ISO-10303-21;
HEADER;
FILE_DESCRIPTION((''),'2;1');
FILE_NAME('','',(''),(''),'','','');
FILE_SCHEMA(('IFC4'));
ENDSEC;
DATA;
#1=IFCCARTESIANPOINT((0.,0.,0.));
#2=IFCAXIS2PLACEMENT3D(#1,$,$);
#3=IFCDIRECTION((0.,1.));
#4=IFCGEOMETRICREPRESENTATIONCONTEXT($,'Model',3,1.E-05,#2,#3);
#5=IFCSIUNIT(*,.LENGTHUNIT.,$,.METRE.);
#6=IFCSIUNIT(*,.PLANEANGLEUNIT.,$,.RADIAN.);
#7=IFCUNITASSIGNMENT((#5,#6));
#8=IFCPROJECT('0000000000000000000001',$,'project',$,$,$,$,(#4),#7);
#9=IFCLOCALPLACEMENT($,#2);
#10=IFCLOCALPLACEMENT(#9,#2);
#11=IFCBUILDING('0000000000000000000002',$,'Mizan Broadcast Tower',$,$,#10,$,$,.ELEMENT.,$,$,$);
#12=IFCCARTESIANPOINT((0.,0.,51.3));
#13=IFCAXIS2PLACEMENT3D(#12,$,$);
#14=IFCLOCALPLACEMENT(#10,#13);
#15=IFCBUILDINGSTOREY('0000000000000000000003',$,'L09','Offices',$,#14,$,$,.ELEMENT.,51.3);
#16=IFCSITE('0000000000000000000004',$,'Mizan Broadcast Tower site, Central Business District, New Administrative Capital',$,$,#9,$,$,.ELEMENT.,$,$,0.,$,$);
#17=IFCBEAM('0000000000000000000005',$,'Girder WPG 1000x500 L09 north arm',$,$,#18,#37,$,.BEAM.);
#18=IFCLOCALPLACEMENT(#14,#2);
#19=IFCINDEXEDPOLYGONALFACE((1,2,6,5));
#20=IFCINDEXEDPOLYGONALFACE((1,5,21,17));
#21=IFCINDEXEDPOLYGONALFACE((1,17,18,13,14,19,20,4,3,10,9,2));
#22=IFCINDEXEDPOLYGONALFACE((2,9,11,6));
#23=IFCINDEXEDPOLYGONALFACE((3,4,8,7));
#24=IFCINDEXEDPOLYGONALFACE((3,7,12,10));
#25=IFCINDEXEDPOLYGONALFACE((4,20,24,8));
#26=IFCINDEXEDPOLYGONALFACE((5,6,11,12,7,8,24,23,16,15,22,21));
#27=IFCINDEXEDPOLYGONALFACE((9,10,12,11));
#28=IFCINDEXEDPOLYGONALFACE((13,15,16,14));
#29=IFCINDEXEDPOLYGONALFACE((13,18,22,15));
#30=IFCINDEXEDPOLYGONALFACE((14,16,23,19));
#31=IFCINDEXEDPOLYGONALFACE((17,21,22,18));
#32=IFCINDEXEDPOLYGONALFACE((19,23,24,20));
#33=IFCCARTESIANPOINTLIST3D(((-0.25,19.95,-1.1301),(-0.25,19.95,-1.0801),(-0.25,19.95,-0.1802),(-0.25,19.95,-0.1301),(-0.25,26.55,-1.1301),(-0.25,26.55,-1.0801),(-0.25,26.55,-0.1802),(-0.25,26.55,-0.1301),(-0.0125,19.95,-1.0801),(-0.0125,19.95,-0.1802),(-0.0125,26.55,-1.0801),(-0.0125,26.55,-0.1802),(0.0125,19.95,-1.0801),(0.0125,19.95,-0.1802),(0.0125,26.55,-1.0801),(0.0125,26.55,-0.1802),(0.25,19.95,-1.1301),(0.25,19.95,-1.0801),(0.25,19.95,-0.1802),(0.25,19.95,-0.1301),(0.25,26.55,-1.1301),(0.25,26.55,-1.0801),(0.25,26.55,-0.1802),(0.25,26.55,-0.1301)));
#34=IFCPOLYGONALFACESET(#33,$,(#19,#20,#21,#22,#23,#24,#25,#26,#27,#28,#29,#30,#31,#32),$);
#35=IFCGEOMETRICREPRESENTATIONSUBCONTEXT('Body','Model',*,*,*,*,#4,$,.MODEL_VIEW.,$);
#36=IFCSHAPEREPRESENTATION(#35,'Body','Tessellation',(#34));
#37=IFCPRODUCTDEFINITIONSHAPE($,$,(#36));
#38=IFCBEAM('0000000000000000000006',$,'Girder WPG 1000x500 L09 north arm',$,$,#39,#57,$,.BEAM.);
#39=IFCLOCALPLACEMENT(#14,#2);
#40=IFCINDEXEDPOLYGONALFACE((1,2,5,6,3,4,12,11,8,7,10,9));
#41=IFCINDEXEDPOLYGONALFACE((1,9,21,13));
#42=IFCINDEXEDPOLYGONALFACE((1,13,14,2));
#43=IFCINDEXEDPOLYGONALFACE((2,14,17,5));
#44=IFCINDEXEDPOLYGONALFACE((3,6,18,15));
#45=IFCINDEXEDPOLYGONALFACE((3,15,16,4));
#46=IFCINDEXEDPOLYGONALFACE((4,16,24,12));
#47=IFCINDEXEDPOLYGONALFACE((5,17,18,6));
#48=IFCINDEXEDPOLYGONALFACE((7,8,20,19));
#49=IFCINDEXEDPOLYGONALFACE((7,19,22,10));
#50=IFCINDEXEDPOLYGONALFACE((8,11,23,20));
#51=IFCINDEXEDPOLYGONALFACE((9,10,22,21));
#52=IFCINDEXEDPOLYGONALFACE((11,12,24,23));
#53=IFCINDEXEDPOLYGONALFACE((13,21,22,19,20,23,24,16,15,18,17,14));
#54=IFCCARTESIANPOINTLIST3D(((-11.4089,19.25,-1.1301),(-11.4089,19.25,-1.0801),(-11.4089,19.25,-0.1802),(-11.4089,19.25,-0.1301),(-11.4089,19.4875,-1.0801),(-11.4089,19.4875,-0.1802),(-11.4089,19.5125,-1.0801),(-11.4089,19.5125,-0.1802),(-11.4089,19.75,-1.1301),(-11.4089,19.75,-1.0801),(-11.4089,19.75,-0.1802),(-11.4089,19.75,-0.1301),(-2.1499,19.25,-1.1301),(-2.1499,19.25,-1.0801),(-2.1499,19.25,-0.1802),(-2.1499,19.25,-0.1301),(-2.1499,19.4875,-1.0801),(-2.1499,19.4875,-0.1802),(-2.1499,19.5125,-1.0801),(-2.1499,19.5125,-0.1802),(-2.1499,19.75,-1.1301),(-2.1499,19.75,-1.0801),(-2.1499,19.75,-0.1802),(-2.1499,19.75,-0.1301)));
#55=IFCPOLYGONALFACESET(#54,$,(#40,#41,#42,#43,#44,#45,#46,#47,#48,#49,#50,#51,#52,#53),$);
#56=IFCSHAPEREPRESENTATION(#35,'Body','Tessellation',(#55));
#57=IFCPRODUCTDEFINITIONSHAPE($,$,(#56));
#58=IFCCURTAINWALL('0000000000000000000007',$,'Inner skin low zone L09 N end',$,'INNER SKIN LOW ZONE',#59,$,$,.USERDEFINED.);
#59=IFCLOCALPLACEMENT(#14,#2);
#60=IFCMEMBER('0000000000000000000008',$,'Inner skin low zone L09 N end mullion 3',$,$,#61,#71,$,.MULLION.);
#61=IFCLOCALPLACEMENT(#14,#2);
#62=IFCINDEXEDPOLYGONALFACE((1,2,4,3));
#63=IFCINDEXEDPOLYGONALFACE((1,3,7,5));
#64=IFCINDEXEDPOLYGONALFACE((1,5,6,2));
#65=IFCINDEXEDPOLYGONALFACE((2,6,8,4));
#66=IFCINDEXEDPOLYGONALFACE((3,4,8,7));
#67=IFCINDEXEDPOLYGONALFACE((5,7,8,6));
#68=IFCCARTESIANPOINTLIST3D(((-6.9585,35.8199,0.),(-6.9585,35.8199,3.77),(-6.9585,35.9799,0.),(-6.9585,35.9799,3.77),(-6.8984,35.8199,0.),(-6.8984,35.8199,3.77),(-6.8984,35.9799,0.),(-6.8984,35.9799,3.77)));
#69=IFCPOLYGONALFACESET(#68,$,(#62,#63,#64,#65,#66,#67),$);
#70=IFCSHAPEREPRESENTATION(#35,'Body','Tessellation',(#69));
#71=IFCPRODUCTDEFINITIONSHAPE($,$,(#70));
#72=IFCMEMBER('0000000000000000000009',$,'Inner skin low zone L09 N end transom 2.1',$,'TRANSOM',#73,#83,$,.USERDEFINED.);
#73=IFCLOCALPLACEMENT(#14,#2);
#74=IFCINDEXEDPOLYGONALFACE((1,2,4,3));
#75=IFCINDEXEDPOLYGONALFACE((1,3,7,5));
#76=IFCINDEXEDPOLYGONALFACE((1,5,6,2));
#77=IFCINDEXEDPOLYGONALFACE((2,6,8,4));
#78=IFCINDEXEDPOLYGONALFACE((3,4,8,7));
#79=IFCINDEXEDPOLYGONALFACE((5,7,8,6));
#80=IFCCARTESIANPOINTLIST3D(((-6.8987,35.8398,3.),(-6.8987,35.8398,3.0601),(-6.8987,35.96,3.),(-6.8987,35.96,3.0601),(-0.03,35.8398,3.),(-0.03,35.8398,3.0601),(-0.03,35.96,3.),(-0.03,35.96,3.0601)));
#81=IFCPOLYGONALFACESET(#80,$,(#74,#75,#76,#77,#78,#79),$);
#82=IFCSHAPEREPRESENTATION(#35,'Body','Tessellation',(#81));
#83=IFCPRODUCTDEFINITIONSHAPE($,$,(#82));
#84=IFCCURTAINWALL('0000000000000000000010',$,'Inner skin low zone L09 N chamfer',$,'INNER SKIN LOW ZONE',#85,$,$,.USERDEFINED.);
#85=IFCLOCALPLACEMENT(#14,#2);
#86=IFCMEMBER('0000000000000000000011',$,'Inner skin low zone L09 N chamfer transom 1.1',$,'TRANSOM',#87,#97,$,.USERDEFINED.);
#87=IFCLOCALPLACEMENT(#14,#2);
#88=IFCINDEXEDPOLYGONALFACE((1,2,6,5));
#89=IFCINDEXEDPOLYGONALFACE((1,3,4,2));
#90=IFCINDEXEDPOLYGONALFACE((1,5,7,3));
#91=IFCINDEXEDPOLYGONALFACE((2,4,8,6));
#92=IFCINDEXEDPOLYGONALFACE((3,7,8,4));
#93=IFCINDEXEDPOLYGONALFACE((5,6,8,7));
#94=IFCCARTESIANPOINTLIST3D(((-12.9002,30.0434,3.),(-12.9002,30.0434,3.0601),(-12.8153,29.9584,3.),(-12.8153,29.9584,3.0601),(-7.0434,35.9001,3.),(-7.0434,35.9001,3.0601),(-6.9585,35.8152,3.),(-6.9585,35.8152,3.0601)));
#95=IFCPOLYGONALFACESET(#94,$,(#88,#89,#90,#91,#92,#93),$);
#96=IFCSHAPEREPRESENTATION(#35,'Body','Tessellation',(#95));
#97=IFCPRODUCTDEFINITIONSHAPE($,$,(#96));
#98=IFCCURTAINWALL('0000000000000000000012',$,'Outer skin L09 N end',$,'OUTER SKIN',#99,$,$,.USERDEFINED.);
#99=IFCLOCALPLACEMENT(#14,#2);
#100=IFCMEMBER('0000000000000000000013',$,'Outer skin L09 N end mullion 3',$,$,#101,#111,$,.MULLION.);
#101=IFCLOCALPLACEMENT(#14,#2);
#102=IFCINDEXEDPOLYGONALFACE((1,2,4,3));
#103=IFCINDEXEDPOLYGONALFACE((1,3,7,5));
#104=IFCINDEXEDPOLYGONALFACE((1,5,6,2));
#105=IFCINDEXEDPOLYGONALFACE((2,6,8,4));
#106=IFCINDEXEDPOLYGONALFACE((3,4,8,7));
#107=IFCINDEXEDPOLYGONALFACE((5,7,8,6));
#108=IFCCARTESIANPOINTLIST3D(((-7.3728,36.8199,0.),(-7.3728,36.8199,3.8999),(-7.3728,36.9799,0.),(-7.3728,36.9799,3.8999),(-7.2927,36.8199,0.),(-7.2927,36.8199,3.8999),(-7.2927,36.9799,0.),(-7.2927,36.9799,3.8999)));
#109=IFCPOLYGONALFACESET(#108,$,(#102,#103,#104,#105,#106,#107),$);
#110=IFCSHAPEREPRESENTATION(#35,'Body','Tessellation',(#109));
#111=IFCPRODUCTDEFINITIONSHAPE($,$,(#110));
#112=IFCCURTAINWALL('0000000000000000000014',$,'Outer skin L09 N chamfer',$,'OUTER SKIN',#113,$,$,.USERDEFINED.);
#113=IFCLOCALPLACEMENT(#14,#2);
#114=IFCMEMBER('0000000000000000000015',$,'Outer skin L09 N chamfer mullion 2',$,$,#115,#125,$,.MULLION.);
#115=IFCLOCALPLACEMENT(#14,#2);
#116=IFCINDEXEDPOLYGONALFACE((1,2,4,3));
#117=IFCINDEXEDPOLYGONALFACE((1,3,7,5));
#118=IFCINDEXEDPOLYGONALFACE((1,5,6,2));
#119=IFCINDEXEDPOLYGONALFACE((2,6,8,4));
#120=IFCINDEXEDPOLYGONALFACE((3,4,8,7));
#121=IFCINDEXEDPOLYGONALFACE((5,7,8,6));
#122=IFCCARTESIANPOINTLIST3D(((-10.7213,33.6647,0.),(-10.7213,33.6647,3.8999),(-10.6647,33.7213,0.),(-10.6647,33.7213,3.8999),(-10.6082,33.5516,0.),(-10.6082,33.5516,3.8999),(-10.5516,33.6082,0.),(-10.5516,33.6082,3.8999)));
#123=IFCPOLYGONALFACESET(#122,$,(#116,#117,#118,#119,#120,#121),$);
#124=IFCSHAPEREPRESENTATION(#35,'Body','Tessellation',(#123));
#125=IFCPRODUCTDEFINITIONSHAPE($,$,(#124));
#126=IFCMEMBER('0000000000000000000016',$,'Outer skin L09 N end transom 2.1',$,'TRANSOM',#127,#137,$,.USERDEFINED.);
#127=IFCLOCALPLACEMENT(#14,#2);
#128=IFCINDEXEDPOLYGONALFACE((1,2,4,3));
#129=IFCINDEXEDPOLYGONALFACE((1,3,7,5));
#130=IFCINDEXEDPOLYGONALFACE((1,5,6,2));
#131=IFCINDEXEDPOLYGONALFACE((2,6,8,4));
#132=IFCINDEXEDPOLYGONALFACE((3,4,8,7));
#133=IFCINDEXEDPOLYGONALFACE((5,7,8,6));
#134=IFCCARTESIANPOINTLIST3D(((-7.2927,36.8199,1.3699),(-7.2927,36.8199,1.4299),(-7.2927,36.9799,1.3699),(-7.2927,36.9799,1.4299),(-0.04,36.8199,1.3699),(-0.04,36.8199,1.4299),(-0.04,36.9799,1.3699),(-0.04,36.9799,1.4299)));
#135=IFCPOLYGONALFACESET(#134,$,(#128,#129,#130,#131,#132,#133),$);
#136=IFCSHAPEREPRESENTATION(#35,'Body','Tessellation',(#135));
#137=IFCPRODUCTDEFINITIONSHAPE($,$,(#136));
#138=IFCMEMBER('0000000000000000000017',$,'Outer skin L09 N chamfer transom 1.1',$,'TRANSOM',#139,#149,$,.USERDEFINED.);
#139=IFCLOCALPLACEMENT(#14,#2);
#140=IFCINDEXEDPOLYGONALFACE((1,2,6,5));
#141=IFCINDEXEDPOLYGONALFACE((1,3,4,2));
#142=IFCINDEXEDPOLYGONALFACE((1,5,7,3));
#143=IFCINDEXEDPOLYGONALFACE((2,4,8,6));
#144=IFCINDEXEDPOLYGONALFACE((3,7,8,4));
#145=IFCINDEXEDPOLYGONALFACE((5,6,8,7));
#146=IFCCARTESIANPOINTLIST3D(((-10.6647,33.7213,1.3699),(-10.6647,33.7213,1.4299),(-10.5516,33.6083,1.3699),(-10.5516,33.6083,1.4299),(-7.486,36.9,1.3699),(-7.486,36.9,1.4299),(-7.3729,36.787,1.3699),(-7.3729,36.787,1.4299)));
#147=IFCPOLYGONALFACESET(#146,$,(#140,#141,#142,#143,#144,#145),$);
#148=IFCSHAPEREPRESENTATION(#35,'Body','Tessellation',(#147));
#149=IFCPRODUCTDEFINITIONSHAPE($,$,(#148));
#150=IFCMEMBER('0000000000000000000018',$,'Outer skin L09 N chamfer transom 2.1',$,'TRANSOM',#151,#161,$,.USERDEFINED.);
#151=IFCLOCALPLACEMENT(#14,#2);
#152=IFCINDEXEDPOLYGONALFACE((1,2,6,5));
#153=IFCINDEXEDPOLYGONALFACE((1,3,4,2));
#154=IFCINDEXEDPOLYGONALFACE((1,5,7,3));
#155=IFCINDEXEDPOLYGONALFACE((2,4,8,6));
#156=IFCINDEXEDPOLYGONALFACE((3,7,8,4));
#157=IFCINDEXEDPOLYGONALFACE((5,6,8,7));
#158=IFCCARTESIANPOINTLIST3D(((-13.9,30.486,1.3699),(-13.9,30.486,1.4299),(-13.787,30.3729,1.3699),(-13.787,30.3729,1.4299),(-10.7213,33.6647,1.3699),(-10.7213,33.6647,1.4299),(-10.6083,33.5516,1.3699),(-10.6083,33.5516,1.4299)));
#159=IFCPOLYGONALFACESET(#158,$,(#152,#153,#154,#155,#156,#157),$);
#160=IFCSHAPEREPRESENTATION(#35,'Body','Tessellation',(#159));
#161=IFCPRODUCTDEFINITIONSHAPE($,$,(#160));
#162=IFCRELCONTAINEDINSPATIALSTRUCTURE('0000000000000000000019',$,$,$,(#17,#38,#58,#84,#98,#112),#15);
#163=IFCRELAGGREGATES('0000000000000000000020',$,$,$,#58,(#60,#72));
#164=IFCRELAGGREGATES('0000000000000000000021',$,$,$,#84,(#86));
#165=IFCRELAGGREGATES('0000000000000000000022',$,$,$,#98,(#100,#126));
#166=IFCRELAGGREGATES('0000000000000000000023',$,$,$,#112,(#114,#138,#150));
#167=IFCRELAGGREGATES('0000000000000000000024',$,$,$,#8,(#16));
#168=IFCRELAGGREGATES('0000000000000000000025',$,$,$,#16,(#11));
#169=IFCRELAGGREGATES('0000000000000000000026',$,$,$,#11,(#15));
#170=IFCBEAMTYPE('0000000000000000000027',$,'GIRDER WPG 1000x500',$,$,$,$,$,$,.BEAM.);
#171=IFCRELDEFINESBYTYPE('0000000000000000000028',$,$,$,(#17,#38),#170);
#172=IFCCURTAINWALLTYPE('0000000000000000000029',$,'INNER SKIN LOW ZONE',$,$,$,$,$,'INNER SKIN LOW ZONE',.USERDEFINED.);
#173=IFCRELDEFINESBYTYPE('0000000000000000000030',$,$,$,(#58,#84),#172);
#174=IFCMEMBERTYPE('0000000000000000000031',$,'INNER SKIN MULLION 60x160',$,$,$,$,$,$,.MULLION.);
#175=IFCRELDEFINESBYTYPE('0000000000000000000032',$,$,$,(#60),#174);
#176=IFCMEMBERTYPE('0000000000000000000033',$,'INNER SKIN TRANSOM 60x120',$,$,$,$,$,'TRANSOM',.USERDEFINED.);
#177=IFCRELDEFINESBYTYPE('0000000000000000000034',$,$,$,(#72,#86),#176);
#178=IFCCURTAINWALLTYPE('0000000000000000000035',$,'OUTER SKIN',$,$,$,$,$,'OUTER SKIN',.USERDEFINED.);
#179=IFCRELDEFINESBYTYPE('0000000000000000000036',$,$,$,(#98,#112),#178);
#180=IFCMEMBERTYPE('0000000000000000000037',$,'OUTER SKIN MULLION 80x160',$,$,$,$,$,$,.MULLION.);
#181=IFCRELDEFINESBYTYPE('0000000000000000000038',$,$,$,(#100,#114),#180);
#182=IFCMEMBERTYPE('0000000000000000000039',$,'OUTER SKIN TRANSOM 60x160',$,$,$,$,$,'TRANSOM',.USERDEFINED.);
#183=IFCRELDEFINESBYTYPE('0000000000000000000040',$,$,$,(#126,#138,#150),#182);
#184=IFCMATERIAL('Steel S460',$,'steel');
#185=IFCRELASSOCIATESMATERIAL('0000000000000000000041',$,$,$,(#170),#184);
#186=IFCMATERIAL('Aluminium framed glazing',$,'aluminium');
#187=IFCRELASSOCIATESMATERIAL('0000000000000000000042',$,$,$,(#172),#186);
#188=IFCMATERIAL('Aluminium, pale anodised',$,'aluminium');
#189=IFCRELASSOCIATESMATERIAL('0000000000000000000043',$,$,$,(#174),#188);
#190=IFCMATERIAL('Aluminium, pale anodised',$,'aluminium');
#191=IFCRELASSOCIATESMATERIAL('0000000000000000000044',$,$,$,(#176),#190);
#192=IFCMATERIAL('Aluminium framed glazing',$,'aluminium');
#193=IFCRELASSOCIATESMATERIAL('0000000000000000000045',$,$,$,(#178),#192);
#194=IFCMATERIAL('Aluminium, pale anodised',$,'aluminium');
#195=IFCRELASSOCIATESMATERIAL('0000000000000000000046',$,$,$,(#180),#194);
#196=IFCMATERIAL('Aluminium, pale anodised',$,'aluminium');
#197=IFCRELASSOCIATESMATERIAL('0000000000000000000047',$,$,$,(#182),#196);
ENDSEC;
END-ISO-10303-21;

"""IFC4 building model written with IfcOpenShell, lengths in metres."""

from ifc_helpers import new_model, si_unit, direction, frame, origin, origin_2d, place, context, subcontext, project, spatial, rectangle, i_section, extrude, material, material_profile, profile_set, type_object, element, aggregate, save


model = new_model("IFC4")

# Units and contexts
model_context = context("Model", 3, precision=1e-05, world=origin(), true_north=direction((0.0, 1.0)))
body_context = subcontext(model_context, "Body", "Model", "MODEL_VIEW")
ifc_project = project(units=[si_unit("LENGTHUNIT", "METRE"), si_unit("PLANEANGLEUNIT", "RADIAN")], contexts=[model_context])

# Site, building, storey
site_placement = place(None, origin())
site = spatial("IfcSite", under=ifc_project, at=site_placement, Name="Mizan Broadcast Tower site, Central Business District, New Administrative Capital", CompositionType="ELEMENT", RefElevation=0.0)
building_placement = place(site_placement, origin())
building = spatial("IfcBuilding", under=site, at=building_placement, Name="Mizan Broadcast Tower", CompositionType="ELEMENT")
storey_placement = place(building_placement, frame((0.0, 0.0, 51.3)))
storey = spatial("IfcBuildingStorey", under=building, at=storey_placement, Name="L09", Description="Offices", CompositionType="ELEMENT", Elevation=51.3)

# Beams
ifc_material_1 = material(Name="Steel S460", Category="steel")
ifc_material_profile_1 = material_profile(ifc_material_1, i_section(OverallWidth=0.5, OverallDepth=1.0, WebThickness=0.0249, FlangeThickness=0.05, at=origin_2d()), Name="WPG 1000x500")
ifc_profile_set_1 = profile_set([ifc_material_profile_1], Name="Steel S460")
beam_type_1 = type_object("IfcBeamType", Name="GIRDER WPG 1000x500", PredefinedType="BEAM", material=ifc_profile_set_1)
beam_1_placement = place(storey_placement, frame((0.0, 19.95, -0.6301), z_axis=(0.0, 1.0, 0.0), x_axis=(-1.0, 0.0, 0.0)))
element("IfcBeam", 1, at=beam_1_placement, inside=storey, type_object=beam_type_1, Name="Girder WPG 1000x500 L09 north arm", PredefinedType="BEAM", context=body_context, shape_type="SweptSolid", body=[
    extrude(i_section(OverallWidth=0.5, OverallDepth=1.0, WebThickness=0.0249, FlangeThickness=0.05, at=origin_2d()), origin(), (0.0, 0.0, 1.0), 6.6001),
])
beam_2_placement = place(storey_placement, frame((-11.4089, 19.5, -0.6301), z_axis=(1.0, 0.0, 0.0), x_axis=(0.0, 1.0, 0.0)))
element("IfcBeam", 2, at=beam_2_placement, inside=storey, type_object=beam_type_1, Name="Girder WPG 1000x500 L09 north arm", PredefinedType="BEAM", context=body_context, shape_type="SweptSolid", body=[
    extrude(i_section(OverallWidth=0.5, OverallDepth=1.0, WebThickness=0.0249, FlangeThickness=0.05, at=origin_2d()), origin(), (0.0, 0.0, 1.0), 9.259),
])

# Curtain wall, members
ifc_material_2 = material(Name="Aluminium framed glazing", Category="aluminium")
curtain_wall_type_1 = type_object("IfcCurtainWallType", Name="INNER SKIN LOW ZONE", ElementType="INNER SKIN LOW ZONE", PredefinedType="USERDEFINED", material=ifc_material_2)
curtain_wall_1_placement = place(storey_placement, origin())
curtain_wall_1 = element("IfcCurtainWall", 3, at=curtain_wall_1_placement, inside=storey, type_object=curtain_wall_type_1, Name="Inner skin low zone L09 N end", ObjectType="INNER SKIN LOW ZONE", PredefinedType="USERDEFINED")
ifc_material_3 = material(Name="Aluminium, pale anodised", Category="aluminium")
ifc_material_profile_2 = material_profile(ifc_material_3, rectangle(XDim=0.1599, YDim=0.0601, at=origin_2d()), Name="MULLION 160x60")
ifc_profile_set_2 = profile_set([ifc_material_profile_2], Name="Aluminium, pale anodised")
member_type_1 = type_object("IfcMemberType", Name="INNER SKIN MULLION 60x160", PredefinedType="MULLION", material=ifc_profile_set_2)
member_1_placement = place(storey_placement, frame((-6.9285, 35.8999, 0.0), z_axis=(0.0, 0.0, 1.0), x_axis=(0.0, -1.0, 0.0)))
member_1 = element("IfcMember", 4, at=member_1_placement, type_object=member_type_1, Name="Inner skin low zone L09 N end mullion 3", PredefinedType="MULLION", context=body_context, shape_type="SweptSolid", body=[
    extrude(rectangle(XDim=0.1599, YDim=0.0601, at=origin_2d()), origin(), (0.0, 0.0, 1.0), 3.77),
])
ifc_material_4 = material(Name="Aluminium, pale anodised", Category="aluminium")
ifc_material_profile_3 = material_profile(ifc_material_4, rectangle(XDim=0.1201, YDim=0.0601, at=origin_2d()), Name="TRANSOM 120x60")
ifc_profile_set_3 = profile_set([ifc_material_profile_3], Name="Aluminium, pale anodised")
member_type_2 = type_object("IfcMemberType", Name="INNER SKIN TRANSOM 60x120", ElementType="TRANSOM", PredefinedType="USERDEFINED", material=ifc_profile_set_3)
member_2_placement = place(storey_placement, frame((-0.03, 35.8999, 3.03), z_axis=(-1.0, 0.0, 0.0), x_axis=(0.0, -1.0, 0.0)))
member_2 = element("IfcMember", 5, at=member_2_placement, type_object=member_type_2, Name="Inner skin low zone L09 N end transom 2.1", ObjectType="TRANSOM", PredefinedType="USERDEFINED", context=body_context, shape_type="SweptSolid", body=[
    extrude(rectangle(XDim=0.1201, YDim=0.0601, at=origin_2d()), origin(), (0.0, 0.0, 1.0), 6.8687),
])

# Curtain walls, members
curtain_wall_2_placement = place(storey_placement, origin())
curtain_wall_2 = element("IfcCurtainWall", 6, at=curtain_wall_2_placement, inside=storey, type_object=curtain_wall_type_1, Name="Inner skin low zone L09 N chamfer", ObjectType="INNER SKIN LOW ZONE", PredefinedType="USERDEFINED")
member_3_placement = place(storey_placement, frame((-7.001, 35.8577, 3.03), z_axis=(-0.707107, -0.707107, 0.0), x_axis=(0.707107, -0.707107, 0.0)))
member_3 = element("IfcMember", 7, at=member_3_placement, type_object=member_type_2, Name="Inner skin low zone L09 N chamfer transom 1.1", ObjectType="TRANSOM", PredefinedType="USERDEFINED", context=body_context, shape_type="SweptSolid", body=[
    extrude(rectangle(XDim=0.1201, YDim=0.0601, at=origin_2d()), origin(), (0.0, 0.0, 1.0), 8.2827),
])
ifc_material_5 = material(Name="Aluminium framed glazing", Category="aluminium")
curtain_wall_type_2 = type_object("IfcCurtainWallType", Name="OUTER SKIN", ElementType="OUTER SKIN", PredefinedType="USERDEFINED", material=ifc_material_5)
curtain_wall_3_placement = place(storey_placement, origin())
curtain_wall_3 = element("IfcCurtainWall", 8, at=curtain_wall_3_placement, inside=storey, type_object=curtain_wall_type_2, Name="Outer skin L09 N end", ObjectType="OUTER SKIN", PredefinedType="USERDEFINED")
ifc_material_6 = material(Name="Aluminium, pale anodised", Category="aluminium")
ifc_material_profile_4 = material_profile(ifc_material_6, rectangle(XDim=0.1599, YDim=0.0801, at=origin_2d()), Name="MULLION 160x80")
ifc_profile_set_4 = profile_set([ifc_material_profile_4], Name="Aluminium, pale anodised")
member_type_3 = type_object("IfcMemberType", Name="OUTER SKIN MULLION 80x160", PredefinedType="MULLION", material=ifc_profile_set_4)
member_4_placement = place(storey_placement, frame((-7.3328, 36.8999, 0.0), z_axis=(0.0, 0.0, 1.0), x_axis=(0.0, -1.0, 0.0)))
member_4 = element("IfcMember", 9, at=member_4_placement, type_object=member_type_3, Name="Outer skin L09 N end mullion 3", PredefinedType="MULLION", context=body_context, shape_type="SweptSolid", body=[
    extrude(rectangle(XDim=0.1599, YDim=0.0801, at=origin_2d()), origin(), (0.0, 0.0, 1.0), 3.8999),
])
curtain_wall_4_placement = place(storey_placement, origin())
curtain_wall_4 = element("IfcCurtainWall", 10, at=curtain_wall_4_placement, inside=storey, type_object=curtain_wall_type_2, Name="Outer skin L09 N chamfer", ObjectType="OUTER SKIN", PredefinedType="USERDEFINED")
member_5_placement = place(storey_placement, frame((-10.6365, 33.6365, 0.0), z_axis=(0.0, 0.0, 1.0), x_axis=(0.707107, -0.707107, 0.0)))
member_5 = element("IfcMember", 11, at=member_5_placement, type_object=member_type_3, Name="Outer skin L09 N chamfer mullion 2", PredefinedType="MULLION", context=body_context, shape_type="SweptSolid", body=[
    extrude(rectangle(XDim=0.1599, YDim=0.0801, at=origin_2d()), origin(), (0.0, 0.0, 1.0), 3.8999),
])

# Members
ifc_material_7 = material(Name="Aluminium, pale anodised", Category="aluminium")
ifc_material_profile_5 = material_profile(ifc_material_7, rectangle(XDim=0.1599, YDim=0.0601, at=origin_2d()), Name="TRANSOM 160x60")
ifc_profile_set_5 = profile_set([ifc_material_profile_5], Name="Aluminium, pale anodised")
member_type_4 = type_object("IfcMemberType", Name="OUTER SKIN TRANSOM 60x160", ElementType="TRANSOM", PredefinedType="USERDEFINED", material=ifc_profile_set_5)
member_6_placement = place(storey_placement, frame((-0.04, 36.8999, 1.3999), z_axis=(-1.0, 0.0, 0.0), x_axis=(0.0, -1.0, 0.0)))
member_6 = element("IfcMember", 12, at=member_6_placement, type_object=member_type_4, Name="Outer skin L09 N end transom 2.1", ObjectType="TRANSOM", PredefinedType="USERDEFINED", context=body_context, shape_type="SweptSolid", body=[
    extrude(rectangle(XDim=0.1599, YDim=0.0601, at=origin_2d()), origin(), (0.0, 0.0, 1.0), 7.2527),
])
member_7_placement = place(storey_placement, frame((-7.4294, 36.8435, 1.3999), z_axis=(-0.707107, -0.707107, 0.0), x_axis=(0.707107, -0.707107, 0.0)))
member_7 = element("IfcMember", 13, at=member_7_placement, type_object=member_type_4, Name="Outer skin L09 N chamfer transom 1.1", ObjectType="TRANSOM", PredefinedType="USERDEFINED", context=body_context, shape_type="SweptSolid", body=[
    extrude(rectangle(XDim=0.1599, YDim=0.0601, at=origin_2d()), origin(), (0.0, 0.0, 1.0), 4.4954),
])
member_8_placement = place(storey_placement, frame((-10.6648, 33.6082, 1.3999), z_axis=(-0.707107, -0.707107, 0.0), x_axis=(0.707107, -0.707107, 0.0)))
member_8 = element("IfcMember", 14, at=member_8_placement, type_object=member_type_4, Name="Outer skin L09 N chamfer transom 2.1", ObjectType="TRANSOM", PredefinedType="USERDEFINED", context=body_context, shape_type="SweptSolid", body=[
    extrude(rectangle(XDim=0.1599, YDim=0.0601, at=origin_2d()), origin(), (0.0, 0.0, 1.0), 4.4954),
])

aggregate(curtain_wall_1, [member_1, member_2])
aggregate(curtain_wall_2, [member_3])
aggregate(curtain_wall_3, [member_4, member_6])
aggregate(curtain_wall_4, [member_5, member_7, member_8])

save(model, "model.ifc")
